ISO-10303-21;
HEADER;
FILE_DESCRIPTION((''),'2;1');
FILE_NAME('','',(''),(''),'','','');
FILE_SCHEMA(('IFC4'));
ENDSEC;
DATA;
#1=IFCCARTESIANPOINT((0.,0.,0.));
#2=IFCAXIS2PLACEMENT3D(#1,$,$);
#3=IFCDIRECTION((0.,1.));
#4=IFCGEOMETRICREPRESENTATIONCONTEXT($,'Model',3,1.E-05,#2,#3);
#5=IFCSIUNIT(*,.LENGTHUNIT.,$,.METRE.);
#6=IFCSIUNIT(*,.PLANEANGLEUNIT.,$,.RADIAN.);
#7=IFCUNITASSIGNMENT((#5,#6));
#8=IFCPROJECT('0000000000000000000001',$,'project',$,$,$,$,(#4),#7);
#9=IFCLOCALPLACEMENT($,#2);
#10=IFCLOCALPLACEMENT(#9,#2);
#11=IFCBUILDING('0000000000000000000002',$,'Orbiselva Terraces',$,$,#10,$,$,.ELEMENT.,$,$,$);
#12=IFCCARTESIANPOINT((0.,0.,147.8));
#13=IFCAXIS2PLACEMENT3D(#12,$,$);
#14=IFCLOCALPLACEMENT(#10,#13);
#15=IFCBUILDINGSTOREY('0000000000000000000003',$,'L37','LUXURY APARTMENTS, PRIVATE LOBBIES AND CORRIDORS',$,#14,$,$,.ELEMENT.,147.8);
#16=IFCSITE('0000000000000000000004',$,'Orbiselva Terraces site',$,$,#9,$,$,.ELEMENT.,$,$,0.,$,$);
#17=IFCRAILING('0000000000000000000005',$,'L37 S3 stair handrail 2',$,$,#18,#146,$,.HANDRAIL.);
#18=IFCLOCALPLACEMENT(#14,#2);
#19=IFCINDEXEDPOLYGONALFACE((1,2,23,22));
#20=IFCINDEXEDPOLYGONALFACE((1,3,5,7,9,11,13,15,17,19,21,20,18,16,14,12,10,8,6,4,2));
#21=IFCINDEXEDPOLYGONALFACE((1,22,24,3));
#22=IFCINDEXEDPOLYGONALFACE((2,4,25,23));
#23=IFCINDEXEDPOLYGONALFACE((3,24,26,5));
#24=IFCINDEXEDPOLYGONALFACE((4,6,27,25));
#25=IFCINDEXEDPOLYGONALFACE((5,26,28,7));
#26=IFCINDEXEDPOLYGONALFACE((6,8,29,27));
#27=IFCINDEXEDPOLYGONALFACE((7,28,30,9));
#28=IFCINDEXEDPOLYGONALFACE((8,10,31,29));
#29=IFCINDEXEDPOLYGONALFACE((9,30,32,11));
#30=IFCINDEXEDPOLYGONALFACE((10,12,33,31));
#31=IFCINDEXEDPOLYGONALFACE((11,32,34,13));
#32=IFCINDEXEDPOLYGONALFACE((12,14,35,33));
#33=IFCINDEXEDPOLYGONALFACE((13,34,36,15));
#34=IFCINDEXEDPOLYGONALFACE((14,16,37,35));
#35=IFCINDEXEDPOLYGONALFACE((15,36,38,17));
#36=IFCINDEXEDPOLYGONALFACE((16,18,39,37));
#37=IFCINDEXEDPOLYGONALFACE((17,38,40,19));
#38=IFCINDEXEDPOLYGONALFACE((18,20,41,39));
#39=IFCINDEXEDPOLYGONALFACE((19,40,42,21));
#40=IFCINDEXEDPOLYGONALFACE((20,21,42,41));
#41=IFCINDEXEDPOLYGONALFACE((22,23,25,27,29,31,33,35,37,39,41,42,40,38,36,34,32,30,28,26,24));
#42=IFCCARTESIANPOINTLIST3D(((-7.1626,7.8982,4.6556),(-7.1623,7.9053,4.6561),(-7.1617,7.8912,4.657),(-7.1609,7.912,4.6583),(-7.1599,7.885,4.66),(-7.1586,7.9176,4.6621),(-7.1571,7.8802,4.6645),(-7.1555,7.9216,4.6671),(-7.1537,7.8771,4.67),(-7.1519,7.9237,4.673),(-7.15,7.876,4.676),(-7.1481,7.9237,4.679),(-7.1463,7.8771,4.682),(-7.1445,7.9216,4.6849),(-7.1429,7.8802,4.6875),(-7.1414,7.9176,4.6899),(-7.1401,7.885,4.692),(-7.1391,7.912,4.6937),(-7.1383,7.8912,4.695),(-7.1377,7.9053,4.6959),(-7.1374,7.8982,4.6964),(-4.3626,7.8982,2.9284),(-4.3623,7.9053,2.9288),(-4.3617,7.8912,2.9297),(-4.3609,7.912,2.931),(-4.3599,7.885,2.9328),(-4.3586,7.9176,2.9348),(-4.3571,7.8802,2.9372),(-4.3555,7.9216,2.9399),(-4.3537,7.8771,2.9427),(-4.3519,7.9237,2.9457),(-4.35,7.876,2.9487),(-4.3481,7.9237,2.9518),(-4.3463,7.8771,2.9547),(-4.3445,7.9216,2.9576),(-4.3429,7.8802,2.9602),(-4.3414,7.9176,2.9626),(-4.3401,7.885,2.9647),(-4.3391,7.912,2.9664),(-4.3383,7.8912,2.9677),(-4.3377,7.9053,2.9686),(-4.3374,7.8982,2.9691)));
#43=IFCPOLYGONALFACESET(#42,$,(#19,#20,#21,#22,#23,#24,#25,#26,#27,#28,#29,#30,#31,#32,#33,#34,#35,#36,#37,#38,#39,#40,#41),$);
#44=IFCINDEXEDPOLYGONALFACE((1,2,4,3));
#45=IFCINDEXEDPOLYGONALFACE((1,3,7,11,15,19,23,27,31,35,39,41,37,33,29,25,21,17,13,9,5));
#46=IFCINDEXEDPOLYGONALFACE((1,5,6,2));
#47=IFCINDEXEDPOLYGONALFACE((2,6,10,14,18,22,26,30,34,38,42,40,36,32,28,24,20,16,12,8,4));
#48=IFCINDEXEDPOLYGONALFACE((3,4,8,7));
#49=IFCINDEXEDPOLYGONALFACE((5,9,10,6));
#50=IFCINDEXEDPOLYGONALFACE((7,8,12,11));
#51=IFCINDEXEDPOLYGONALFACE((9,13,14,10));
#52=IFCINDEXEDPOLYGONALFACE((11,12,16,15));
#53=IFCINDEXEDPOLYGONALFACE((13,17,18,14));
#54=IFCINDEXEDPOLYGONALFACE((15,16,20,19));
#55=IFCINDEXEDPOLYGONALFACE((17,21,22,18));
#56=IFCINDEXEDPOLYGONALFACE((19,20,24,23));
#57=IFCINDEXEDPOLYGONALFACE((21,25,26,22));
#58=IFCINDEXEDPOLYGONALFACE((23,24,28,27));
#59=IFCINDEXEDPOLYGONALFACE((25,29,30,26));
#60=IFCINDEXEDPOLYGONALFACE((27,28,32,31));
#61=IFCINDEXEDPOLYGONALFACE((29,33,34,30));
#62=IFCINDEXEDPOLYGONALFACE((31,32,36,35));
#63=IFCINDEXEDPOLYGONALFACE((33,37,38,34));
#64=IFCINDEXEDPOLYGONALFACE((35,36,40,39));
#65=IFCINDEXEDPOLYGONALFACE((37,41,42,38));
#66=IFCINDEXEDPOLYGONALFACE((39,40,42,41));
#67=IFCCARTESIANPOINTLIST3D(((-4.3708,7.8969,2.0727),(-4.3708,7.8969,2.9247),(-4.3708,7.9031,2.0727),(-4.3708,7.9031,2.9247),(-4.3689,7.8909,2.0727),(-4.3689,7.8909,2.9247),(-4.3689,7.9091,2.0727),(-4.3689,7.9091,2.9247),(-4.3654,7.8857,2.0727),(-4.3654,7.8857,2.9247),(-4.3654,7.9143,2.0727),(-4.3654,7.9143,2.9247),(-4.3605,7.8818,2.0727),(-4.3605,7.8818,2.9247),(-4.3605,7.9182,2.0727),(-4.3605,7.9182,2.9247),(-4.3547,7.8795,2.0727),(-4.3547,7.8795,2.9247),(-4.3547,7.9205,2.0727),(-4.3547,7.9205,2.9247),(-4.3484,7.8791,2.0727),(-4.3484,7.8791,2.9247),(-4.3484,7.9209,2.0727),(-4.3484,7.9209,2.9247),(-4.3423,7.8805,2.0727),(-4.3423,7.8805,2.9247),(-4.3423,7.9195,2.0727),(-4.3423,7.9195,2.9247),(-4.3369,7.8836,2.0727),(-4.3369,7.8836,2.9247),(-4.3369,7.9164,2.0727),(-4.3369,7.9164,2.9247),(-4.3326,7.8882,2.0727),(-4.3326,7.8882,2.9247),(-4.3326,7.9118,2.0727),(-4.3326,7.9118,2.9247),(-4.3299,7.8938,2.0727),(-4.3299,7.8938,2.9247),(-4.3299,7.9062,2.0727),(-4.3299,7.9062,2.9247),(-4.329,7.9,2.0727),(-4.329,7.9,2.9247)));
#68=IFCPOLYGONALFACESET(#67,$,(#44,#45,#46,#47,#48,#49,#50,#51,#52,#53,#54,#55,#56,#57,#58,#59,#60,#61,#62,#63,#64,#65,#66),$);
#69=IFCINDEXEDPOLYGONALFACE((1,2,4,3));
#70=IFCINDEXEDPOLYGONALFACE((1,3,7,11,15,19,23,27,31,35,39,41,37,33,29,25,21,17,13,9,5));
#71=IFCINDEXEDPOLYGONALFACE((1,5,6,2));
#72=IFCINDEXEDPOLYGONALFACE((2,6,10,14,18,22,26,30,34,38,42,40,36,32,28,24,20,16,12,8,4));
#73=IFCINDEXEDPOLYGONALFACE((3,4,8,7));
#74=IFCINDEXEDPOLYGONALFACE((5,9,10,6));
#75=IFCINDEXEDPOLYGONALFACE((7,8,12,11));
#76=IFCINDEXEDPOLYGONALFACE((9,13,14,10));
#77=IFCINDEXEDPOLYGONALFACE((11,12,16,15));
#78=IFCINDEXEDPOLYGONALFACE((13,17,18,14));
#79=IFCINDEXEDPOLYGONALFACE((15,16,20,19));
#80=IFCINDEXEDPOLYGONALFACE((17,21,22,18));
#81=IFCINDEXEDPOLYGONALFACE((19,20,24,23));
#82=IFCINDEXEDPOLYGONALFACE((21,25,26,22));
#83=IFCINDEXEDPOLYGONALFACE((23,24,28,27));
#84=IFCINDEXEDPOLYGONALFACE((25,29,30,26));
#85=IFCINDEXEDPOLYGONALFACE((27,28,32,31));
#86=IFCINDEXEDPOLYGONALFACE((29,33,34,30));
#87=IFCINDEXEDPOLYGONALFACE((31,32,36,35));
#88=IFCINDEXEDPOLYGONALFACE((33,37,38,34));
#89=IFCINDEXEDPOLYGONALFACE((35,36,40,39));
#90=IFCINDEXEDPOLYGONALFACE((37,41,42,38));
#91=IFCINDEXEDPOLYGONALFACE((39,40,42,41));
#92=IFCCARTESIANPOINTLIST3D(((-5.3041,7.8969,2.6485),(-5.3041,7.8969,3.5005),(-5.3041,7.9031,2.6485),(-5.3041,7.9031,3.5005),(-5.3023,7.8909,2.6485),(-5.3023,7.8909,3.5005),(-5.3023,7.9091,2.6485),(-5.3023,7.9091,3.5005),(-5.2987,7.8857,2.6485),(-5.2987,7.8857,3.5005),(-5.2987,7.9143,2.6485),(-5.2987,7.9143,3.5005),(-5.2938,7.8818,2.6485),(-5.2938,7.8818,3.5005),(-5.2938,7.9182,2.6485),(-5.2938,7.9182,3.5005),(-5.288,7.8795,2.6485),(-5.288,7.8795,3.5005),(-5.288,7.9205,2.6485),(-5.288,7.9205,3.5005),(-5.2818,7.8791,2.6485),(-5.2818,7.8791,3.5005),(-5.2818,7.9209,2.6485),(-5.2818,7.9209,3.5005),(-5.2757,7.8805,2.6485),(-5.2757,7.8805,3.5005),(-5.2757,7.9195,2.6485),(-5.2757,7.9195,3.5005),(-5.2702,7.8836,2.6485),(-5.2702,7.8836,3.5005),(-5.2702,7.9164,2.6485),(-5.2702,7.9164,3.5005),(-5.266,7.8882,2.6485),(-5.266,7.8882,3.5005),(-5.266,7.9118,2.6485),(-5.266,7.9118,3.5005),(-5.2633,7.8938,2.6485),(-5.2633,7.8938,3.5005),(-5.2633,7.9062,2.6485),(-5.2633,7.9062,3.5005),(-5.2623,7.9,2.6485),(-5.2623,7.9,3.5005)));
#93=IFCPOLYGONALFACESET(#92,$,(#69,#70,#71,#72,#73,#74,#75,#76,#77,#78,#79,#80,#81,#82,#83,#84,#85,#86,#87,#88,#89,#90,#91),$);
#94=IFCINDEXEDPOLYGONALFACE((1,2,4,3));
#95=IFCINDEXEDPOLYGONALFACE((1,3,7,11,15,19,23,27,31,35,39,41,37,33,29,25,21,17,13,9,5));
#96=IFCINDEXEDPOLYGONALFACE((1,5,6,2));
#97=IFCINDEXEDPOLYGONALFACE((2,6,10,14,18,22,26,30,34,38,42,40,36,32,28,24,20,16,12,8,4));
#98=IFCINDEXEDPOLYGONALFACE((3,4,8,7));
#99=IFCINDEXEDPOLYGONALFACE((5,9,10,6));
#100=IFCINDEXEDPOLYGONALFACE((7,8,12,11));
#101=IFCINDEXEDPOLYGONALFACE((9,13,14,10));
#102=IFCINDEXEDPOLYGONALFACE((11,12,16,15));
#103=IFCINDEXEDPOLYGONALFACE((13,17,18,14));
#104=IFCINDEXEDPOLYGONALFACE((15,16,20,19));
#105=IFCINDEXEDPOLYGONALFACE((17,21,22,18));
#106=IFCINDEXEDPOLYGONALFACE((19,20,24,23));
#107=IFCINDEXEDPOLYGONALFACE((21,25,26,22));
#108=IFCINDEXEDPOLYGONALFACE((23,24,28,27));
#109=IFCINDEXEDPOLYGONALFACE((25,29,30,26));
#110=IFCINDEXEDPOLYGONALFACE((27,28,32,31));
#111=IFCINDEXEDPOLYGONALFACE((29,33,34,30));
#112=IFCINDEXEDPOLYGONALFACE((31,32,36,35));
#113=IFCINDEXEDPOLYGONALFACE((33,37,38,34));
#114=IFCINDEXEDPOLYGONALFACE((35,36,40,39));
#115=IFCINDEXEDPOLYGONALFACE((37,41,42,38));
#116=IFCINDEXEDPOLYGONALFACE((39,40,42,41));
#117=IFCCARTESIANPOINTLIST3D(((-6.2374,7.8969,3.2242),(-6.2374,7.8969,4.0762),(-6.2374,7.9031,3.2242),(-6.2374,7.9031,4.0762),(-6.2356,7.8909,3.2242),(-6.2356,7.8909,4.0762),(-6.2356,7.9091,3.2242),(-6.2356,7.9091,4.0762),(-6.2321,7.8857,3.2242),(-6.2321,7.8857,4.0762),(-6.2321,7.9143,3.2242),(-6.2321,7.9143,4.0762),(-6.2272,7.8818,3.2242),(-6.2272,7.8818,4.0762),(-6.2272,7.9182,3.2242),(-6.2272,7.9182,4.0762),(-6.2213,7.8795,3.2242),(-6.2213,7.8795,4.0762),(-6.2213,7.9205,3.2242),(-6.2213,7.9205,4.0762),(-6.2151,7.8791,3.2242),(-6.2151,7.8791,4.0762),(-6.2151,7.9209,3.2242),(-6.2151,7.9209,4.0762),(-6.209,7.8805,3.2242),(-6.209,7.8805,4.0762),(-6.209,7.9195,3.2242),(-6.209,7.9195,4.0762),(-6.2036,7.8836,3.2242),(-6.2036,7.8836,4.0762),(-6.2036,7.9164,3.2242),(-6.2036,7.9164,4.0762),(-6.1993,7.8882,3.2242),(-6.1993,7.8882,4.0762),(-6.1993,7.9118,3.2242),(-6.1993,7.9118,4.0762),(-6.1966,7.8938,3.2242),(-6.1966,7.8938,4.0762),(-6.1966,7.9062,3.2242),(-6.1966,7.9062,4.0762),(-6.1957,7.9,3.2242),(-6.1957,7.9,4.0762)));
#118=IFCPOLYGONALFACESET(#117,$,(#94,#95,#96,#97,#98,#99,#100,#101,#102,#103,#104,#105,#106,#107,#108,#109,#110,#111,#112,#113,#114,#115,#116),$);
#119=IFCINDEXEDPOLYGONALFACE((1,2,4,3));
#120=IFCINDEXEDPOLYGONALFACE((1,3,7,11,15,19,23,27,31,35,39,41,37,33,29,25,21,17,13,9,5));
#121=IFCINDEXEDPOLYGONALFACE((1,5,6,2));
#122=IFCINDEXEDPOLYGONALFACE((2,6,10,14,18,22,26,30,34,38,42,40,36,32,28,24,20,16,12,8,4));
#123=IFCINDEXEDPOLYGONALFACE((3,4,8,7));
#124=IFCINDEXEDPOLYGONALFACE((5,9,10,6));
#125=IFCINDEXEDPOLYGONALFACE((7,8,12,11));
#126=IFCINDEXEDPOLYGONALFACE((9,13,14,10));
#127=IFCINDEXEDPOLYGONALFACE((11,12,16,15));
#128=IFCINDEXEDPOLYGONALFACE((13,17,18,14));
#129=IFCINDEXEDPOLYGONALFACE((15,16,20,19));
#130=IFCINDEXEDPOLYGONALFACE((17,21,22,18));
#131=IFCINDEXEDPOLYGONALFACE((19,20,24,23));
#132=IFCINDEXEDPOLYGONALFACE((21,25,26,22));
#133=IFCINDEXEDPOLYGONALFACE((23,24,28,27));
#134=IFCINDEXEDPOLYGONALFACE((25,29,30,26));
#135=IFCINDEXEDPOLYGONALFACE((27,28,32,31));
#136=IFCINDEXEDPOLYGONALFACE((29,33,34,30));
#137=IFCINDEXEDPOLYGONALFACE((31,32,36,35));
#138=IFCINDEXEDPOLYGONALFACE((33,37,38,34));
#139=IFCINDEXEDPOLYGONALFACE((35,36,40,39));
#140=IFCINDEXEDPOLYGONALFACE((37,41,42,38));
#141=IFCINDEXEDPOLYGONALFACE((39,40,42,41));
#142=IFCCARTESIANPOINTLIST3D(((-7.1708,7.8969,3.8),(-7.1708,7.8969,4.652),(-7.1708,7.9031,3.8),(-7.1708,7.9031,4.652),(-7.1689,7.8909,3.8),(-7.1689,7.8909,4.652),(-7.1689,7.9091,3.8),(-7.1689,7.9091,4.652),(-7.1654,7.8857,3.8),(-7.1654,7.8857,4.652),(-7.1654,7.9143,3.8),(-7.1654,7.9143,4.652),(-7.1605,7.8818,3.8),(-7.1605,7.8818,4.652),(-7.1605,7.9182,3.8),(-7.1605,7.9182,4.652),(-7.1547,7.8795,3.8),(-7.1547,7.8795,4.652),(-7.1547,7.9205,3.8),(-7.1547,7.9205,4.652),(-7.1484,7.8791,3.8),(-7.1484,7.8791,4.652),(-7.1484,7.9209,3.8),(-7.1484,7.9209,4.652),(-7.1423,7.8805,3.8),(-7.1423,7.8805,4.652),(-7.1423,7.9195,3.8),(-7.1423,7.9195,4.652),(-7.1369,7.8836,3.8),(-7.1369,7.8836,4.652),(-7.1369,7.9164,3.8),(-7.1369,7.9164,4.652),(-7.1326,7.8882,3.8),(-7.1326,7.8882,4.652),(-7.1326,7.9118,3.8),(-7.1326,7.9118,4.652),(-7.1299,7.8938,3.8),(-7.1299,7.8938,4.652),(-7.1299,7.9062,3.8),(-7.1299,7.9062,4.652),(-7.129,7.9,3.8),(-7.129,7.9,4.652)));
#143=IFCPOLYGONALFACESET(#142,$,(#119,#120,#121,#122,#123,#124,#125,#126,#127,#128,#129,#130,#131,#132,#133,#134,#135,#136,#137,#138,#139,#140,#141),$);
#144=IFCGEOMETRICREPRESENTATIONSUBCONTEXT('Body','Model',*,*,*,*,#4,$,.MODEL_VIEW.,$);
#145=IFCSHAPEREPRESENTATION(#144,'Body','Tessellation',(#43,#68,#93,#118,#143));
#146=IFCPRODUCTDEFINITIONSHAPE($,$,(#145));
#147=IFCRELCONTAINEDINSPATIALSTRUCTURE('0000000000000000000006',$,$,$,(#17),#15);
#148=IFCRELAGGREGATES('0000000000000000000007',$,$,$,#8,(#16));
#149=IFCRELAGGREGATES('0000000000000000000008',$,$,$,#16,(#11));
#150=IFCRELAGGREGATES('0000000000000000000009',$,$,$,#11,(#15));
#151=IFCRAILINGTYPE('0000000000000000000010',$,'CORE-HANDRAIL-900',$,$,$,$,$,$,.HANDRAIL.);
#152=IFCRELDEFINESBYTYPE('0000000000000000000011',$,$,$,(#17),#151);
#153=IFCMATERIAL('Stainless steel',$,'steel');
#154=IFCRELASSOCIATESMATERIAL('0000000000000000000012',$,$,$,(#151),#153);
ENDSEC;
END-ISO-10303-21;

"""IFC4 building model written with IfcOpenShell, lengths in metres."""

from ifc_helpers import new_model, si_unit, direction, frame, origin, origin_2d, place, context, subcontext, project, spatial, circle, extrude, material, type_object, element, save


model = new_model("IFC4")

# Units and contexts
model_context = context("Model", 3, precision=1e-05, world=origin(), true_north=direction((0.0, 1.0)))
body_context = subcontext(model_context, "Body", "Model", "MODEL_VIEW")
ifc_project = project(units=[si_unit("LENGTHUNIT", "METRE"), si_unit("PLANEANGLEUNIT", "RADIAN")], contexts=[model_context])

# Site, building, storey
site_placement = place(None, origin())
site = spatial("IfcSite", under=ifc_project, at=site_placement, Name="Orbiselva Terraces site", CompositionType="ELEMENT", RefElevation=0.0)
building_placement = place(site_placement, origin())
building = spatial("IfcBuilding", under=site, at=building_placement, Name="Orbiselva Terraces", CompositionType="ELEMENT")
storey_placement = place(building_placement, frame((0.0, 0.0, 147.8)))
storey = spatial("IfcBuildingStorey", under=building, at=storey_placement, Name="L37", Description="LUXURY APARTMENTS, PRIVATE LOBBIES AND CORRIDORS", CompositionType="ELEMENT", Elevation=147.8)

# Railing
ifc_material_1 = material(Name="Stainless steel", Category="steel")
railing_type_1 = type_object("IfcRailingType", Name="CORE-HANDRAIL-900", PredefinedType="HANDRAIL", material=ifc_material_1)
railing_1_placement = place(storey_placement, frame((-4.35, 7.9, 2.0727)))
element("IfcRailing", 1, at=railing_1_placement, inside=storey, type_object=railing_type_1, Name="L37 S3 stair handrail 2", PredefinedType="HANDRAIL", context=body_context, shape_type="SweptSolid", body=[
    extrude(circle(Radius=0.024, at=origin_2d()), frame((0.0, 0.0, 0.876), z_axis=(-0.851089, 0.0, 0.525022), x_axis=(0.0, -1.0, 0.0)), (0.0, 0.0, 1.0), 3.2899),
    extrude(circle(Radius=0.021, at=origin_2d()), origin(), (0.0, 0.0, 1.0), 0.852),
    extrude(circle(Radius=0.021, at=origin_2d()), frame((-0.9333, 0.0, 0.5758)), (0.0, 0.0, 1.0), 0.852),
    extrude(circle(Radius=0.021, at=origin_2d()), frame((-1.8667, 0.0, 1.1515)), (0.0, 0.0, 1.0), 0.852),
    extrude(circle(Radius=0.021, at=origin_2d()), frame((-2.8, 0.0, 1.7273)), (0.0, 0.0, 1.0), 0.852),
])

save(model, "model.ifc")
